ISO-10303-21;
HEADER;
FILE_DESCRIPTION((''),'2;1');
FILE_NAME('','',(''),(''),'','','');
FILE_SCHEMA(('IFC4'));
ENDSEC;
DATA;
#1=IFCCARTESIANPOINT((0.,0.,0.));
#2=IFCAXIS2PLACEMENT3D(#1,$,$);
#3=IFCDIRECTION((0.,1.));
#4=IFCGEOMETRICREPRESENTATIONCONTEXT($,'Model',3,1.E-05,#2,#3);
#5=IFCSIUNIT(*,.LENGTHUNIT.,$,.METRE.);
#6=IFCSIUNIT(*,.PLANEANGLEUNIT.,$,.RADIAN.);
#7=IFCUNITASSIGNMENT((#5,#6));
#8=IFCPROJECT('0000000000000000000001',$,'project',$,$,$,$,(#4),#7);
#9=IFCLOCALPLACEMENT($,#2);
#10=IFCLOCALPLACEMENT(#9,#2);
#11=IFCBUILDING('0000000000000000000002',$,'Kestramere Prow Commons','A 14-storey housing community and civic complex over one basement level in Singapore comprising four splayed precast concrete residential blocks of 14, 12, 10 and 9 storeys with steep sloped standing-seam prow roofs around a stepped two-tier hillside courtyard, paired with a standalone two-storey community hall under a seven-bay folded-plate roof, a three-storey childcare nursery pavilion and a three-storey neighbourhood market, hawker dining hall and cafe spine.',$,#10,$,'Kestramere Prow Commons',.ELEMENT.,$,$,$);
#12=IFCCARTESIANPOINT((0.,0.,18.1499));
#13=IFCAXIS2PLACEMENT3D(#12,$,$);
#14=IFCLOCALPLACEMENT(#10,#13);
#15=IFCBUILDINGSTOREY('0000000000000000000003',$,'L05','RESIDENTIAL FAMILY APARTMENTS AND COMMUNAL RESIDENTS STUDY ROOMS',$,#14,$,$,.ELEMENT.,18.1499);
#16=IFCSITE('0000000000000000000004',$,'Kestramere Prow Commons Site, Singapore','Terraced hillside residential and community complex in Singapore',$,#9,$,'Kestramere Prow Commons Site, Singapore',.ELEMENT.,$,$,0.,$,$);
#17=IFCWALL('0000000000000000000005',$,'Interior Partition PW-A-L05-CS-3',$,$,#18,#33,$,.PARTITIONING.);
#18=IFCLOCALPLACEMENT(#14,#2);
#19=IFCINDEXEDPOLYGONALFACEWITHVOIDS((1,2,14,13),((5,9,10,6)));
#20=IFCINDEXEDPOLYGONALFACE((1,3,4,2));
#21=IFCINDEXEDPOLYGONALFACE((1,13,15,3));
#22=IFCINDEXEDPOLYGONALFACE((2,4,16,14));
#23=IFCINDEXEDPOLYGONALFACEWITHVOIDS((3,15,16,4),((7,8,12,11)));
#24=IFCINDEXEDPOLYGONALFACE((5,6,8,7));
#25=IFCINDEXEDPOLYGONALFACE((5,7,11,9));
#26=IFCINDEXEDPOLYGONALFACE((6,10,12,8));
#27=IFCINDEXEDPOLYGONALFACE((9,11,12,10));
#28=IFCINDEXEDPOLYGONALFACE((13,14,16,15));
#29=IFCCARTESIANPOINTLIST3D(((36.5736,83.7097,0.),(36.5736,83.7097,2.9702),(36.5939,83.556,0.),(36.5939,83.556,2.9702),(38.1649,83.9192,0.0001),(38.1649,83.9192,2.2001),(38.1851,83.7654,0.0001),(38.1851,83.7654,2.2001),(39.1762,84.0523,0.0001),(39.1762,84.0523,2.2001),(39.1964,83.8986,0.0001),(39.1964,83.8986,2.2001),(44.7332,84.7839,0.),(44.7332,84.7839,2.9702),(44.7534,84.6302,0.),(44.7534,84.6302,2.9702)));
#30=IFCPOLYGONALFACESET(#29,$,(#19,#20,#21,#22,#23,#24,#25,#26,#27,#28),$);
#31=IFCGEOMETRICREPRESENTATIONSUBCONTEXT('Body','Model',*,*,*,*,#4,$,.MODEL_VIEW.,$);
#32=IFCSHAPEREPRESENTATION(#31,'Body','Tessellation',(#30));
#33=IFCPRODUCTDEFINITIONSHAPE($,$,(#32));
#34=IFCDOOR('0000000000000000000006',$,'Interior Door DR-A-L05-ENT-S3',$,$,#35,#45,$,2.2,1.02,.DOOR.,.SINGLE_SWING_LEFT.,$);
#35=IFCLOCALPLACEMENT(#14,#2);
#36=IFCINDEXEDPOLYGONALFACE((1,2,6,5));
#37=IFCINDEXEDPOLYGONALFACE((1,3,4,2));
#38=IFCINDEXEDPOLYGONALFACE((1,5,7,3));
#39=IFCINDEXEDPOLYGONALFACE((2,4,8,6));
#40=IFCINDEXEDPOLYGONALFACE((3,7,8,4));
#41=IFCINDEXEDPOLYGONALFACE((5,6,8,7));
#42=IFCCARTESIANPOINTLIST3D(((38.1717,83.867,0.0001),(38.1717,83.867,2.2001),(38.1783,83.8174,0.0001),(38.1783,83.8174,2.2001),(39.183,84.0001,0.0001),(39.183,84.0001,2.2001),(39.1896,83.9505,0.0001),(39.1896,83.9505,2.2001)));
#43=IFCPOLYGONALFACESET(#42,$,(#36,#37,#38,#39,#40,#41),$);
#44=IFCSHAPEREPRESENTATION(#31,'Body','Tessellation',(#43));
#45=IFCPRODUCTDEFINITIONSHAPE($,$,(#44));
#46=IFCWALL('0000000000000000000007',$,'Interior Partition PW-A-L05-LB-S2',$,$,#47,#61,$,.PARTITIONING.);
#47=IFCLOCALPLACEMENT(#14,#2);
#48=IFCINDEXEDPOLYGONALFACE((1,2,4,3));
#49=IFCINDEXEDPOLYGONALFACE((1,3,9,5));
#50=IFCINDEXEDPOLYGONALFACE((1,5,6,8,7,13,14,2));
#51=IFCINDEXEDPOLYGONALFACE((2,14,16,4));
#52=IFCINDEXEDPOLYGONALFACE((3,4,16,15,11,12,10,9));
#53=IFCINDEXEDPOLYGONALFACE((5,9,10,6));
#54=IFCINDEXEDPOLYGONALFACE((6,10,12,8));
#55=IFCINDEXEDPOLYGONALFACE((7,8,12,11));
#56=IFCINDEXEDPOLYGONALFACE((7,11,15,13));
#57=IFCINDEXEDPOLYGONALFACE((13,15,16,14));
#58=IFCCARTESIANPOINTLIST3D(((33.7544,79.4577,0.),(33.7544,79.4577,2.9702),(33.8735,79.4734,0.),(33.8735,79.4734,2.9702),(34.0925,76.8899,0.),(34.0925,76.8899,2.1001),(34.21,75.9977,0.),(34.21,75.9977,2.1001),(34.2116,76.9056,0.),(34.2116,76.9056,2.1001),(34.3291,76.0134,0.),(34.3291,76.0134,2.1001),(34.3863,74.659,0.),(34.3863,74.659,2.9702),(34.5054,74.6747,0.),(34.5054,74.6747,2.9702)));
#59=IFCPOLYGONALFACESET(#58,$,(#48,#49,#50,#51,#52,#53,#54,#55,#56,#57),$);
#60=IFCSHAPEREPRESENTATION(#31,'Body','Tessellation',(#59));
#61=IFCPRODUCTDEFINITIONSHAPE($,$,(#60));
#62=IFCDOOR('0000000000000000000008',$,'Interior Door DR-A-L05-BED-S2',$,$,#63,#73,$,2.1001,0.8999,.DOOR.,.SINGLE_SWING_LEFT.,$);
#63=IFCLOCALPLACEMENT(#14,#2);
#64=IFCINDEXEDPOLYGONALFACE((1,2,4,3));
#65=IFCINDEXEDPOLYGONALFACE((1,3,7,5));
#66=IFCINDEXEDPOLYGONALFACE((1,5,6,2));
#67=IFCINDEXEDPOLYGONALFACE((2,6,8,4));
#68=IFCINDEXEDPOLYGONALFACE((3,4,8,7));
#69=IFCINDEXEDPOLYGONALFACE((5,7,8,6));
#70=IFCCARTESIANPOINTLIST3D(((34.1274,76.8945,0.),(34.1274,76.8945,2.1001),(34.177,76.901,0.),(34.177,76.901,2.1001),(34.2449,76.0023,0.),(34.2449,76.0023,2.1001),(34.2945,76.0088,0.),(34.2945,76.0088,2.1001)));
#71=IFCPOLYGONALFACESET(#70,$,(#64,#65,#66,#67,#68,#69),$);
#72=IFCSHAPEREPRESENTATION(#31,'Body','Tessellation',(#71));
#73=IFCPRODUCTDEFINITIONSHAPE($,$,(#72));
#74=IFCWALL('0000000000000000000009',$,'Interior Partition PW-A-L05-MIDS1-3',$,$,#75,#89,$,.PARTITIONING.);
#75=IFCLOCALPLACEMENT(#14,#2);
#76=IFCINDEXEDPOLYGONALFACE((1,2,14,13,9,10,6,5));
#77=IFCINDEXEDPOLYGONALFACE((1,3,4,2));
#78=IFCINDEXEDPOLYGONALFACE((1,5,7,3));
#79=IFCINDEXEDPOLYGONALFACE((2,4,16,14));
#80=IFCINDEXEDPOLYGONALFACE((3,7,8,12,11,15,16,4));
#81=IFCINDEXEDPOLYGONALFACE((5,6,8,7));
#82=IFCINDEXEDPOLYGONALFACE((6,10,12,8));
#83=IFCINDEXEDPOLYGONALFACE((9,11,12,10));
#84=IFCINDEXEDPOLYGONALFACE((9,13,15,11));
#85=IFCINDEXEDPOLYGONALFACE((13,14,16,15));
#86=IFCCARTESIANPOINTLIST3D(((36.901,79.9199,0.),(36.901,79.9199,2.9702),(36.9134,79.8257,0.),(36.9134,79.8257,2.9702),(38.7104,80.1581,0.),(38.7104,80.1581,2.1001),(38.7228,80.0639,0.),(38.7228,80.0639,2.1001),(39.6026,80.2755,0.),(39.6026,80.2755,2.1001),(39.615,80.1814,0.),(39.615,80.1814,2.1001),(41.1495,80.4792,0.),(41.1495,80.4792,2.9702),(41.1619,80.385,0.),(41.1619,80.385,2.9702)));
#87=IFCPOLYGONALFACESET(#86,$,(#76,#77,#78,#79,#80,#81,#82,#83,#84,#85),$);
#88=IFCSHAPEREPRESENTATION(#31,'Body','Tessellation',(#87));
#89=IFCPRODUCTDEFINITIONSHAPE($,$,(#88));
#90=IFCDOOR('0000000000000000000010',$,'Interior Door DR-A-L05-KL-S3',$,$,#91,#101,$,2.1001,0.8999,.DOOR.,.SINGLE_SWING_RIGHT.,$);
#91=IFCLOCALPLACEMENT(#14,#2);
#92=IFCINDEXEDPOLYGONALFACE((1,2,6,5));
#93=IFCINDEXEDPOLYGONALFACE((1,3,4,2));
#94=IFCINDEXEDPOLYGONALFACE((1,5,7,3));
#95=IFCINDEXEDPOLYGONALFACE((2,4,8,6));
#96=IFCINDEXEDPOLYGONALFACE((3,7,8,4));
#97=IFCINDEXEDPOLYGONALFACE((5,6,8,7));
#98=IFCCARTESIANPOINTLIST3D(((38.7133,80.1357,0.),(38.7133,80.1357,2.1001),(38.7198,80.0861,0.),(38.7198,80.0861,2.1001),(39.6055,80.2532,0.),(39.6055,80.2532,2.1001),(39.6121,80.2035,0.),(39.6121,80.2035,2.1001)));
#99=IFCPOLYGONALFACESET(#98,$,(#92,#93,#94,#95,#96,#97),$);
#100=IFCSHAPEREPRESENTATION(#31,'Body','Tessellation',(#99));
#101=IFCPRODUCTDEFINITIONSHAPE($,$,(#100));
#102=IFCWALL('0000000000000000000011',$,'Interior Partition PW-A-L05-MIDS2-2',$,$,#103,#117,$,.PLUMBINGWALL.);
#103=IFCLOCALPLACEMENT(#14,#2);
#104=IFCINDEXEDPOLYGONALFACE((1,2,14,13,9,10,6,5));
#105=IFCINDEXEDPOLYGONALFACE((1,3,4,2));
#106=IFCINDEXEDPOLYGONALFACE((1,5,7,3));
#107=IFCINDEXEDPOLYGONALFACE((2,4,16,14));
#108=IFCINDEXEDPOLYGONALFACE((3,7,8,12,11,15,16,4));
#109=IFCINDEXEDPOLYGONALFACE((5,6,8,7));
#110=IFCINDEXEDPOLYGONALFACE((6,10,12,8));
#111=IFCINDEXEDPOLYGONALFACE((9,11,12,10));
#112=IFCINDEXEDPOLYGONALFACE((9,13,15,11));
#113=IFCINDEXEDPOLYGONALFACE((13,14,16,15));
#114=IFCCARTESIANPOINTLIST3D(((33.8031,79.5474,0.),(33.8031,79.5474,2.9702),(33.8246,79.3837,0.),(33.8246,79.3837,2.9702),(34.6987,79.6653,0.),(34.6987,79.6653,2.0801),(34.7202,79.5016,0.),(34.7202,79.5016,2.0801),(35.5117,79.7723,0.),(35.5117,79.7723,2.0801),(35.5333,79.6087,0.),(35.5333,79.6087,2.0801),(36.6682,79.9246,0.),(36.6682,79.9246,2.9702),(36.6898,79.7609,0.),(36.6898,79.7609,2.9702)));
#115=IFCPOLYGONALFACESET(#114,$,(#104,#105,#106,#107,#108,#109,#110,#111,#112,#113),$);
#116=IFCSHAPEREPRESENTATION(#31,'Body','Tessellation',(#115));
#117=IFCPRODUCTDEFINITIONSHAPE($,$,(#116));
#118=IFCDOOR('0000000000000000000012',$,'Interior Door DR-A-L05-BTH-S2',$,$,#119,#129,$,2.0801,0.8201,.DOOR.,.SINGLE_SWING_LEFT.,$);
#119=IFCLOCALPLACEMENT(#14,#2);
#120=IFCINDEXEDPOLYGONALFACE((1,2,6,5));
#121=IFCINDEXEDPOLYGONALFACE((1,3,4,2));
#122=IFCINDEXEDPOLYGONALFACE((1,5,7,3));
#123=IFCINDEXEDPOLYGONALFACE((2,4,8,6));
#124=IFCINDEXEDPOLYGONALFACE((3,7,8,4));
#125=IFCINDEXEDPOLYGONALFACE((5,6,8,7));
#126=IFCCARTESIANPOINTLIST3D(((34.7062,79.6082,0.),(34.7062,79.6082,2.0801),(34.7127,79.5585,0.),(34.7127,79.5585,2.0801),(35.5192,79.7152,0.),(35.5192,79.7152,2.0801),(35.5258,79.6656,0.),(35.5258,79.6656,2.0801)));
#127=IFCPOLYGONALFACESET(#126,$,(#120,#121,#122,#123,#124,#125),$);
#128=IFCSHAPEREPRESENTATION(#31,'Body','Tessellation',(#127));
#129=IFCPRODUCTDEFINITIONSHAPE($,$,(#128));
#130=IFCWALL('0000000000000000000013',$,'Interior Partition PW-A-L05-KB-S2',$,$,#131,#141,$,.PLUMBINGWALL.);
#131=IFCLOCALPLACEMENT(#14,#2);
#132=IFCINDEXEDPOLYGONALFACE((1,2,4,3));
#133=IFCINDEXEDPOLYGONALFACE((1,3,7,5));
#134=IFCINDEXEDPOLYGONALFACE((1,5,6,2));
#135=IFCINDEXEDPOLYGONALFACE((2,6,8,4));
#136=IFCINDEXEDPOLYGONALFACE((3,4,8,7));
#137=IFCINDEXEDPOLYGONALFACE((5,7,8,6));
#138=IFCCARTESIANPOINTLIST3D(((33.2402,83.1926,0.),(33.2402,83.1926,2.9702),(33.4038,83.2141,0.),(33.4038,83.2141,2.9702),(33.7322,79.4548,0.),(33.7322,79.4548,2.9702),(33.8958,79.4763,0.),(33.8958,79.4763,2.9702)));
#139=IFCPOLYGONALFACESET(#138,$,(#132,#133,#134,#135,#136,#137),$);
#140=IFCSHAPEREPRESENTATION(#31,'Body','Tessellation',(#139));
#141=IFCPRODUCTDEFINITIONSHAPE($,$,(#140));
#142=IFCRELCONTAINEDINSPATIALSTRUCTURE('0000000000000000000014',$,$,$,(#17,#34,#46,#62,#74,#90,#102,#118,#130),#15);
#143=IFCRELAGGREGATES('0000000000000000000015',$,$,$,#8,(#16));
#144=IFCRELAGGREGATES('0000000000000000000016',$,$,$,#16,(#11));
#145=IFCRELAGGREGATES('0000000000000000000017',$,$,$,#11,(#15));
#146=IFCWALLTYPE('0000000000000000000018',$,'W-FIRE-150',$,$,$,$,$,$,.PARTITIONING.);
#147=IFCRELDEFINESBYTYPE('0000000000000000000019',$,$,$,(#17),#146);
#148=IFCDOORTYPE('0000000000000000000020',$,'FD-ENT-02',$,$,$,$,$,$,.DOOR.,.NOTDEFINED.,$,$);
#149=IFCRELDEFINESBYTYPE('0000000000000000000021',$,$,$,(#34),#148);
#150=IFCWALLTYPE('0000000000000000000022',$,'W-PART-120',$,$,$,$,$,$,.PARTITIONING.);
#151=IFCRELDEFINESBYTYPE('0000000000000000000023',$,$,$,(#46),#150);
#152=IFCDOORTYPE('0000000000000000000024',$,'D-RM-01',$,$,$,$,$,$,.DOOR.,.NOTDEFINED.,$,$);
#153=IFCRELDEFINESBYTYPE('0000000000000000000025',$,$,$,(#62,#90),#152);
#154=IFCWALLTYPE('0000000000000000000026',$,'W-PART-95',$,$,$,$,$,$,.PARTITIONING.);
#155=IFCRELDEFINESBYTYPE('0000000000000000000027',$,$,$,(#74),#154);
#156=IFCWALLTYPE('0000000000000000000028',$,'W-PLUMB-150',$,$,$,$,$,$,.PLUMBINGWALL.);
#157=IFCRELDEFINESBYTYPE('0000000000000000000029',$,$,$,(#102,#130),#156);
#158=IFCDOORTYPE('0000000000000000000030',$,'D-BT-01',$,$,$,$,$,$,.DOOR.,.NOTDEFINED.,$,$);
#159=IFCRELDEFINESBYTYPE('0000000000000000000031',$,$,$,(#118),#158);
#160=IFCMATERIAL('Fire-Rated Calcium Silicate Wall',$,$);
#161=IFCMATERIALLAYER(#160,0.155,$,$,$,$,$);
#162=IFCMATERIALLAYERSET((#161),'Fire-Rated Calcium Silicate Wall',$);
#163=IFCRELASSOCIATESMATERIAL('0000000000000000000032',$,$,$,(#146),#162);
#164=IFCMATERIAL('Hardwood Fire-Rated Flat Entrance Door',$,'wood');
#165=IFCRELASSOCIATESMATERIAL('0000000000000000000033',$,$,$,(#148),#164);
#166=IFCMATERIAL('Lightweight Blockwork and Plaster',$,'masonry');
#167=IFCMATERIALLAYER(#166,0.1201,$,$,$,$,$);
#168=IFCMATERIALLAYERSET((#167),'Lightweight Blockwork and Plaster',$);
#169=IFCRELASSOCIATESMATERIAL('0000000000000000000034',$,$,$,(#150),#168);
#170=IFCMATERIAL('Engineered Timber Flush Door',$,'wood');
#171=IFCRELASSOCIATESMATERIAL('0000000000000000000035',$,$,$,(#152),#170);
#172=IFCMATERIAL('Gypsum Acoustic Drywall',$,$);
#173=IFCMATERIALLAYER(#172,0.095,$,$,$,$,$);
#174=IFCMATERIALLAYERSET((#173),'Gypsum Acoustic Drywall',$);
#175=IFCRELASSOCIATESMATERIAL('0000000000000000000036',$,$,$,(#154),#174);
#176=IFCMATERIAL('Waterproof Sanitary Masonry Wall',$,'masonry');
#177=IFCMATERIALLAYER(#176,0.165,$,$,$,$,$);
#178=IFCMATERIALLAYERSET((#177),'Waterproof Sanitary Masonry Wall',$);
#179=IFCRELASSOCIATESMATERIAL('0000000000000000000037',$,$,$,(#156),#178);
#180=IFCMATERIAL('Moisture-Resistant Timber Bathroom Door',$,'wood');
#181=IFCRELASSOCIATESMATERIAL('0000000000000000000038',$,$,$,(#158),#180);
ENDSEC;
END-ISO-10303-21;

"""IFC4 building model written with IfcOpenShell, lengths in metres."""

from ifc_helpers import new_model, si_unit, direction, frame, frame_2d, origin, place, context, subcontext, project, spatial, rectangle, extrude, material, layer, layer_set, type_object, element, fill, save


model = new_model("IFC4")

# Units and contexts
model_context = context("Model", 3, precision=1e-05, world=origin(), true_north=direction((0.0, 1.0)))
body_context = subcontext(model_context, "Body", "Model", "MODEL_VIEW")
ifc_project = project(units=[si_unit("LENGTHUNIT", "METRE"), si_unit("PLANEANGLEUNIT", "RADIAN")], contexts=[model_context])

# Site, building, storey
site_placement = place(None, origin())
site = spatial("IfcSite", under=ifc_project, at=site_placement, Name="Kestramere Prow Commons Site, Singapore", Description="Terraced hillside residential and community complex in Singapore", LongName="Kestramere Prow Commons Site, Singapore", CompositionType="ELEMENT", RefElevation=0.0)
building_placement = place(site_placement, origin())
building = spatial("IfcBuilding", under=site, at=building_placement, Name="Kestramere Prow Commons", Description="A 14-storey housing community and civic complex over one basement level in Singapore comprising four splayed precast concrete residential blocks of 14, 12, 10 and 9 storeys with steep sloped standing-seam prow roofs around a stepped two-tier hillside courtyard, paired with a standalone two-storey community hall under a seven-bay folded-plate roof, a three-storey childcare nursery pavilion and a three-storey neighbourhood market, hawker dining hall and cafe spine.", LongName="Kestramere Prow Commons", CompositionType="ELEMENT")
storey_placement = place(building_placement, frame((0.0, 0.0, 18.1499)))
storey = spatial("IfcBuildingStorey", under=building, at=storey_placement, Name="L05", Description="RESIDENTIAL FAMILY APARTMENTS AND COMMUNAL RESIDENTS STUDY ROOMS", CompositionType="ELEMENT", Elevation=18.1499)

# Shared definitions
ifc_material_1 = material(Name="Fire-Rated Calcium Silicate Wall")
ifc_layer_1 = layer(ifc_material_1, 0.155)
ifc_layer_set_1 = layer_set([ifc_layer_1], Name="Fire-Rated Calcium Silicate Wall")
wall_type_1 = type_object("IfcWallType", Name="W-FIRE-150", PredefinedType="PARTITIONING", material=ifc_layer_set_1)

# Walls, openings, doors
wall_1_placement = place(storey_placement, frame((36.5837, 83.6328, 0.0), z_axis=(0.0, 0.0, 1.0), x_axis=(0.991445, 0.130524, 0.0)))
wall_1 = element("IfcWall", 1, at=wall_1_placement, inside=storey, type_object=wall_type_1, Name="Interior Partition PW-A-L05-CS-3", PredefinedType="PARTITIONING", context=body_context, shape_type="SweptSolid", body=[
    extrude(rectangle(XDim=8.23, YDim=0.155, at=frame_2d((4.115, 0.0))), origin(), (0.0, 0.0, 1.0), 2.9702),
])
opening_1_placement = place(wall_1_placement, frame((1.605, 0.0, 0.0)))
opening_1 = element("IfcOpeningElement", 2, at=opening_1_placement, cuts=wall_1, PredefinedType="OPENING", context=body_context, shape_type="SweptSolid", body=[
    extrude(rectangle(XDim=1.02, YDim=2.2, at=frame_2d((0.51, 1.1001))), frame((0.0, 0.0925, 0.0), z_axis=(0.0, -1.0, 0.0), x_axis=(1.0, 0.0, 0.0)), (0.0, 0.0, 1.0), 0.1851),
])
ifc_material_2 = material(Name="Hardwood Fire-Rated Flat Entrance Door", Category="wood")
door_type_1 = type_object("IfcDoorType", Name="FD-ENT-02", OperationType="NOTDEFINED", PredefinedType="DOOR", material=ifc_material_2)
door_1_placement = place(opening_1_placement, origin())
door_1 = element("IfcDoor", 3, at=door_1_placement, inside=storey, type_object=door_type_1, Name="Interior Door DR-A-L05-ENT-S3", OperationType="SINGLE_SWING_LEFT", OverallHeight=2.2, OverallWidth=1.02, PredefinedType="DOOR", context=body_context, shape_type="SweptSolid", body=[
    extrude(rectangle(XDim=1.02, YDim=2.2, at=frame_2d((0.51, 1.1001))), frame((0.0, 0.0249, 0.0), z_axis=(0.0, -1.0, 0.0), x_axis=(1.0, 0.0, 0.0)), (0.0, 0.0, 1.0), 0.05),
])
fill(opening_1, door_1)
ifc_material_3 = material(Name="Lightweight Blockwork and Plaster", Category="masonry")
ifc_layer_2 = layer(ifc_material_3, 0.1201)
ifc_layer_set_2 = layer_set([ifc_layer_2], Name="Lightweight Blockwork and Plaster")
wall_type_2 = type_object("IfcWallType", Name="W-PART-120", PredefinedType="PARTITIONING", material=ifc_layer_set_2)
wall_2_placement = place(storey_placement, frame((34.4458, 74.667, 0.0), z_axis=(0.0, 0.0, 1.0), x_axis=(-0.130545, 0.991442, 0.0)))
wall_2 = element("IfcWall", 4, at=wall_2_placement, inside=storey, type_object=wall_type_2, Name="Interior Partition PW-A-L05-LB-S2", PredefinedType="PARTITIONING", context=body_context, shape_type="SweptSolid", body=[
    extrude(rectangle(XDim=4.8401, YDim=0.1201, at=frame_2d((2.4199, 0.0))), origin(), (0.0, 0.0, 1.0), 2.9702),
])
opening_2_placement = place(wall_2_placement, frame((1.3501, 0.0, 0.0)))
opening_2 = element("IfcOpeningElement", 5, at=opening_2_placement, cuts=wall_2, PredefinedType="OPENING", context=body_context, shape_type="SweptSolid", body=[
    extrude(rectangle(XDim=0.8999, YDim=2.1001, at=frame_2d((0.45, 1.05))), frame((0.0, 0.075, 0.0), z_axis=(0.0, -1.0, 0.0), x_axis=(1.0, 0.0, 0.0)), (0.0, 0.0, 1.0), 0.1501),
])
ifc_material_4 = material(Name="Engineered Timber Flush Door", Category="wood")
door_type_2 = type_object("IfcDoorType", Name="D-RM-01", OperationType="NOTDEFINED", PredefinedType="DOOR", material=ifc_material_4)
door_2_placement = place(opening_2_placement, origin())
door_2 = element("IfcDoor", 6, at=door_2_placement, inside=storey, type_object=door_type_2, Name="Interior Door DR-A-L05-BED-S2", OperationType="SINGLE_SWING_LEFT", OverallHeight=2.1001, OverallWidth=0.8999, PredefinedType="DOOR", context=body_context, shape_type="SweptSolid", body=[
    extrude(rectangle(XDim=0.8999, YDim=2.1001, at=frame_2d((0.45, 1.05))), frame((0.0, 0.0249, 0.0), z_axis=(0.0, -1.0, 0.0), x_axis=(1.0, 0.0, 0.0)), (0.0, 0.0, 1.0), 0.05),
])
fill(opening_2, door_2)
ifc_material_5 = material(Name="Gypsum Acoustic Drywall")
ifc_layer_3 = layer(ifc_material_5, 0.095)
ifc_layer_set_3 = layer_set([ifc_layer_3], Name="Gypsum Acoustic Drywall")
wall_type_3 = type_object("IfcWallType", Name="W-PART-95", PredefinedType="PARTITIONING", material=ifc_layer_set_3)
wall_3_placement = place(storey_placement, frame((36.9072, 79.8728, 0.0), z_axis=(0.0, 0.0, 1.0), x_axis=(0.991445, 0.130525, 0.0)))
wall_3 = element("IfcWall", 7, at=wall_3_placement, inside=storey, type_object=wall_type_3, Name="Interior Partition PW-A-L05-MIDS1-3", PredefinedType="PARTITIONING", context=body_context, shape_type="SweptSolid", body=[
    extrude(rectangle(XDim=4.2852, YDim=0.095, at=frame_2d((2.1426, 0.0))), origin(), (0.0, 0.0, 1.0), 2.9702),
])
opening_3_placement = place(wall_3_placement, frame((1.825, 0.0, 0.0)))
opening_3 = element("IfcOpeningElement", 8, at=opening_3_placement, cuts=wall_3, PredefinedType="OPENING", context=body_context, shape_type="SweptSolid", body=[
    extrude(rectangle(XDim=0.8999, YDim=2.1001, at=frame_2d((0.45, 1.05))), frame((0.0, 0.0625, 0.0), z_axis=(0.0, -1.0, 0.0), x_axis=(1.0, 0.0, 0.0)), (0.0, 0.0, 1.0), 0.125),
])
door_3_placement = place(opening_3_placement, origin())
door_3 = element("IfcDoor", 9, at=door_3_placement, inside=storey, type_object=door_type_2, Name="Interior Door DR-A-L05-KL-S3", OperationType="SINGLE_SWING_RIGHT", OverallHeight=2.1001, OverallWidth=0.8999, PredefinedType="DOOR", context=body_context, shape_type="SweptSolid", body=[
    extrude(rectangle(XDim=0.8999, YDim=2.1001, at=frame_2d((0.45, 1.05))), frame((0.0, 0.0249, 0.0), z_axis=(0.0, -1.0, 0.0), x_axis=(1.0, 0.0, 0.0)), (0.0, 0.0, 1.0), 0.05),
])
fill(opening_3, door_3)
ifc_material_6 = material(Name="Waterproof Sanitary Masonry Wall", Category="masonry")
ifc_layer_4 = layer(ifc_material_6, 0.165)
ifc_layer_set_4 = layer_set([ifc_layer_4], Name="Waterproof Sanitary Masonry Wall")
wall_type_4 = type_object("IfcWallType", Name="W-PLUMB-150", PredefinedType="PLUMBINGWALL", material=ifc_layer_set_4)
wall_4_placement = place(storey_placement, frame((33.814, 79.4656, 0.0), z_axis=(0.0, 0.0, 1.0), x_axis=(0.991446, 0.13052, 0.0)))
wall_4 = element("IfcWall", 10, at=wall_4_placement, inside=storey, type_object=wall_type_4, Name="Interior Partition PW-A-L05-MIDS2-2", PredefinedType="PLUMBINGWALL", context=body_context, shape_type="SweptSolid", body=[
    extrude(rectangle(XDim=2.8899, YDim=0.165, at=frame_2d((1.4448, 0.0))), origin(), (0.0, 0.0, 1.0), 2.9702),
])
opening_4_placement = place(wall_4_placement, frame((0.9031, 0.0, 0.0)))
opening_4 = element("IfcOpeningElement", 11, at=opening_4_placement, cuts=wall_4, PredefinedType="OPENING", context=body_context, shape_type="SweptSolid", body=[
    extrude(rectangle(XDim=0.8201, YDim=2.0801, at=frame_2d((0.4102, 1.04))), frame((0.0, 0.0974, 0.0), z_axis=(0.0, -1.0, 0.0), x_axis=(1.0, 0.0, 0.0)), (0.0, 0.0, 1.0), 0.1951),
])
ifc_material_7 = material(Name="Moisture-Resistant Timber Bathroom Door", Category="wood")
door_type_3 = type_object("IfcDoorType", Name="D-BT-01", OperationType="NOTDEFINED", PredefinedType="DOOR", material=ifc_material_7)
door_4_placement = place(opening_4_placement, origin())
door_4 = element("IfcDoor", 12, at=door_4_placement, inside=storey, type_object=door_type_3, Name="Interior Door DR-A-L05-BTH-S2", OperationType="SINGLE_SWING_LEFT", OverallHeight=2.0801, OverallWidth=0.8201, PredefinedType="DOOR", context=body_context, shape_type="SweptSolid", body=[
    extrude(rectangle(XDim=0.8201, YDim=2.0801, at=frame_2d((0.4102, 1.04))), frame((0.0, 0.0249, 0.0), z_axis=(0.0, -1.0, 0.0), x_axis=(1.0, 0.0, 0.0)), (0.0, 0.0, 1.0), 0.05),
])
fill(opening_4, door_4)

# Wall
wall_5_placement = place(storey_placement, frame((33.814, 79.4656, 0.0), z_axis=(0.0, 0.0, 1.0), x_axis=(-0.130488, 0.99145, 0.0)))
element("IfcWall", 13, at=wall_5_placement, inside=storey, type_object=wall_type_4, Name="Interior Partition PW-A-L05-KB-S2", PredefinedType="PLUMBINGWALL", context=body_context, shape_type="SweptSolid", body=[
    extrude(rectangle(XDim=3.77, YDim=0.165, at=frame_2d((1.885, 0.0))), origin(), (0.0, 0.0, 1.0), 2.9702),
])

save(model, "model.ifc")
